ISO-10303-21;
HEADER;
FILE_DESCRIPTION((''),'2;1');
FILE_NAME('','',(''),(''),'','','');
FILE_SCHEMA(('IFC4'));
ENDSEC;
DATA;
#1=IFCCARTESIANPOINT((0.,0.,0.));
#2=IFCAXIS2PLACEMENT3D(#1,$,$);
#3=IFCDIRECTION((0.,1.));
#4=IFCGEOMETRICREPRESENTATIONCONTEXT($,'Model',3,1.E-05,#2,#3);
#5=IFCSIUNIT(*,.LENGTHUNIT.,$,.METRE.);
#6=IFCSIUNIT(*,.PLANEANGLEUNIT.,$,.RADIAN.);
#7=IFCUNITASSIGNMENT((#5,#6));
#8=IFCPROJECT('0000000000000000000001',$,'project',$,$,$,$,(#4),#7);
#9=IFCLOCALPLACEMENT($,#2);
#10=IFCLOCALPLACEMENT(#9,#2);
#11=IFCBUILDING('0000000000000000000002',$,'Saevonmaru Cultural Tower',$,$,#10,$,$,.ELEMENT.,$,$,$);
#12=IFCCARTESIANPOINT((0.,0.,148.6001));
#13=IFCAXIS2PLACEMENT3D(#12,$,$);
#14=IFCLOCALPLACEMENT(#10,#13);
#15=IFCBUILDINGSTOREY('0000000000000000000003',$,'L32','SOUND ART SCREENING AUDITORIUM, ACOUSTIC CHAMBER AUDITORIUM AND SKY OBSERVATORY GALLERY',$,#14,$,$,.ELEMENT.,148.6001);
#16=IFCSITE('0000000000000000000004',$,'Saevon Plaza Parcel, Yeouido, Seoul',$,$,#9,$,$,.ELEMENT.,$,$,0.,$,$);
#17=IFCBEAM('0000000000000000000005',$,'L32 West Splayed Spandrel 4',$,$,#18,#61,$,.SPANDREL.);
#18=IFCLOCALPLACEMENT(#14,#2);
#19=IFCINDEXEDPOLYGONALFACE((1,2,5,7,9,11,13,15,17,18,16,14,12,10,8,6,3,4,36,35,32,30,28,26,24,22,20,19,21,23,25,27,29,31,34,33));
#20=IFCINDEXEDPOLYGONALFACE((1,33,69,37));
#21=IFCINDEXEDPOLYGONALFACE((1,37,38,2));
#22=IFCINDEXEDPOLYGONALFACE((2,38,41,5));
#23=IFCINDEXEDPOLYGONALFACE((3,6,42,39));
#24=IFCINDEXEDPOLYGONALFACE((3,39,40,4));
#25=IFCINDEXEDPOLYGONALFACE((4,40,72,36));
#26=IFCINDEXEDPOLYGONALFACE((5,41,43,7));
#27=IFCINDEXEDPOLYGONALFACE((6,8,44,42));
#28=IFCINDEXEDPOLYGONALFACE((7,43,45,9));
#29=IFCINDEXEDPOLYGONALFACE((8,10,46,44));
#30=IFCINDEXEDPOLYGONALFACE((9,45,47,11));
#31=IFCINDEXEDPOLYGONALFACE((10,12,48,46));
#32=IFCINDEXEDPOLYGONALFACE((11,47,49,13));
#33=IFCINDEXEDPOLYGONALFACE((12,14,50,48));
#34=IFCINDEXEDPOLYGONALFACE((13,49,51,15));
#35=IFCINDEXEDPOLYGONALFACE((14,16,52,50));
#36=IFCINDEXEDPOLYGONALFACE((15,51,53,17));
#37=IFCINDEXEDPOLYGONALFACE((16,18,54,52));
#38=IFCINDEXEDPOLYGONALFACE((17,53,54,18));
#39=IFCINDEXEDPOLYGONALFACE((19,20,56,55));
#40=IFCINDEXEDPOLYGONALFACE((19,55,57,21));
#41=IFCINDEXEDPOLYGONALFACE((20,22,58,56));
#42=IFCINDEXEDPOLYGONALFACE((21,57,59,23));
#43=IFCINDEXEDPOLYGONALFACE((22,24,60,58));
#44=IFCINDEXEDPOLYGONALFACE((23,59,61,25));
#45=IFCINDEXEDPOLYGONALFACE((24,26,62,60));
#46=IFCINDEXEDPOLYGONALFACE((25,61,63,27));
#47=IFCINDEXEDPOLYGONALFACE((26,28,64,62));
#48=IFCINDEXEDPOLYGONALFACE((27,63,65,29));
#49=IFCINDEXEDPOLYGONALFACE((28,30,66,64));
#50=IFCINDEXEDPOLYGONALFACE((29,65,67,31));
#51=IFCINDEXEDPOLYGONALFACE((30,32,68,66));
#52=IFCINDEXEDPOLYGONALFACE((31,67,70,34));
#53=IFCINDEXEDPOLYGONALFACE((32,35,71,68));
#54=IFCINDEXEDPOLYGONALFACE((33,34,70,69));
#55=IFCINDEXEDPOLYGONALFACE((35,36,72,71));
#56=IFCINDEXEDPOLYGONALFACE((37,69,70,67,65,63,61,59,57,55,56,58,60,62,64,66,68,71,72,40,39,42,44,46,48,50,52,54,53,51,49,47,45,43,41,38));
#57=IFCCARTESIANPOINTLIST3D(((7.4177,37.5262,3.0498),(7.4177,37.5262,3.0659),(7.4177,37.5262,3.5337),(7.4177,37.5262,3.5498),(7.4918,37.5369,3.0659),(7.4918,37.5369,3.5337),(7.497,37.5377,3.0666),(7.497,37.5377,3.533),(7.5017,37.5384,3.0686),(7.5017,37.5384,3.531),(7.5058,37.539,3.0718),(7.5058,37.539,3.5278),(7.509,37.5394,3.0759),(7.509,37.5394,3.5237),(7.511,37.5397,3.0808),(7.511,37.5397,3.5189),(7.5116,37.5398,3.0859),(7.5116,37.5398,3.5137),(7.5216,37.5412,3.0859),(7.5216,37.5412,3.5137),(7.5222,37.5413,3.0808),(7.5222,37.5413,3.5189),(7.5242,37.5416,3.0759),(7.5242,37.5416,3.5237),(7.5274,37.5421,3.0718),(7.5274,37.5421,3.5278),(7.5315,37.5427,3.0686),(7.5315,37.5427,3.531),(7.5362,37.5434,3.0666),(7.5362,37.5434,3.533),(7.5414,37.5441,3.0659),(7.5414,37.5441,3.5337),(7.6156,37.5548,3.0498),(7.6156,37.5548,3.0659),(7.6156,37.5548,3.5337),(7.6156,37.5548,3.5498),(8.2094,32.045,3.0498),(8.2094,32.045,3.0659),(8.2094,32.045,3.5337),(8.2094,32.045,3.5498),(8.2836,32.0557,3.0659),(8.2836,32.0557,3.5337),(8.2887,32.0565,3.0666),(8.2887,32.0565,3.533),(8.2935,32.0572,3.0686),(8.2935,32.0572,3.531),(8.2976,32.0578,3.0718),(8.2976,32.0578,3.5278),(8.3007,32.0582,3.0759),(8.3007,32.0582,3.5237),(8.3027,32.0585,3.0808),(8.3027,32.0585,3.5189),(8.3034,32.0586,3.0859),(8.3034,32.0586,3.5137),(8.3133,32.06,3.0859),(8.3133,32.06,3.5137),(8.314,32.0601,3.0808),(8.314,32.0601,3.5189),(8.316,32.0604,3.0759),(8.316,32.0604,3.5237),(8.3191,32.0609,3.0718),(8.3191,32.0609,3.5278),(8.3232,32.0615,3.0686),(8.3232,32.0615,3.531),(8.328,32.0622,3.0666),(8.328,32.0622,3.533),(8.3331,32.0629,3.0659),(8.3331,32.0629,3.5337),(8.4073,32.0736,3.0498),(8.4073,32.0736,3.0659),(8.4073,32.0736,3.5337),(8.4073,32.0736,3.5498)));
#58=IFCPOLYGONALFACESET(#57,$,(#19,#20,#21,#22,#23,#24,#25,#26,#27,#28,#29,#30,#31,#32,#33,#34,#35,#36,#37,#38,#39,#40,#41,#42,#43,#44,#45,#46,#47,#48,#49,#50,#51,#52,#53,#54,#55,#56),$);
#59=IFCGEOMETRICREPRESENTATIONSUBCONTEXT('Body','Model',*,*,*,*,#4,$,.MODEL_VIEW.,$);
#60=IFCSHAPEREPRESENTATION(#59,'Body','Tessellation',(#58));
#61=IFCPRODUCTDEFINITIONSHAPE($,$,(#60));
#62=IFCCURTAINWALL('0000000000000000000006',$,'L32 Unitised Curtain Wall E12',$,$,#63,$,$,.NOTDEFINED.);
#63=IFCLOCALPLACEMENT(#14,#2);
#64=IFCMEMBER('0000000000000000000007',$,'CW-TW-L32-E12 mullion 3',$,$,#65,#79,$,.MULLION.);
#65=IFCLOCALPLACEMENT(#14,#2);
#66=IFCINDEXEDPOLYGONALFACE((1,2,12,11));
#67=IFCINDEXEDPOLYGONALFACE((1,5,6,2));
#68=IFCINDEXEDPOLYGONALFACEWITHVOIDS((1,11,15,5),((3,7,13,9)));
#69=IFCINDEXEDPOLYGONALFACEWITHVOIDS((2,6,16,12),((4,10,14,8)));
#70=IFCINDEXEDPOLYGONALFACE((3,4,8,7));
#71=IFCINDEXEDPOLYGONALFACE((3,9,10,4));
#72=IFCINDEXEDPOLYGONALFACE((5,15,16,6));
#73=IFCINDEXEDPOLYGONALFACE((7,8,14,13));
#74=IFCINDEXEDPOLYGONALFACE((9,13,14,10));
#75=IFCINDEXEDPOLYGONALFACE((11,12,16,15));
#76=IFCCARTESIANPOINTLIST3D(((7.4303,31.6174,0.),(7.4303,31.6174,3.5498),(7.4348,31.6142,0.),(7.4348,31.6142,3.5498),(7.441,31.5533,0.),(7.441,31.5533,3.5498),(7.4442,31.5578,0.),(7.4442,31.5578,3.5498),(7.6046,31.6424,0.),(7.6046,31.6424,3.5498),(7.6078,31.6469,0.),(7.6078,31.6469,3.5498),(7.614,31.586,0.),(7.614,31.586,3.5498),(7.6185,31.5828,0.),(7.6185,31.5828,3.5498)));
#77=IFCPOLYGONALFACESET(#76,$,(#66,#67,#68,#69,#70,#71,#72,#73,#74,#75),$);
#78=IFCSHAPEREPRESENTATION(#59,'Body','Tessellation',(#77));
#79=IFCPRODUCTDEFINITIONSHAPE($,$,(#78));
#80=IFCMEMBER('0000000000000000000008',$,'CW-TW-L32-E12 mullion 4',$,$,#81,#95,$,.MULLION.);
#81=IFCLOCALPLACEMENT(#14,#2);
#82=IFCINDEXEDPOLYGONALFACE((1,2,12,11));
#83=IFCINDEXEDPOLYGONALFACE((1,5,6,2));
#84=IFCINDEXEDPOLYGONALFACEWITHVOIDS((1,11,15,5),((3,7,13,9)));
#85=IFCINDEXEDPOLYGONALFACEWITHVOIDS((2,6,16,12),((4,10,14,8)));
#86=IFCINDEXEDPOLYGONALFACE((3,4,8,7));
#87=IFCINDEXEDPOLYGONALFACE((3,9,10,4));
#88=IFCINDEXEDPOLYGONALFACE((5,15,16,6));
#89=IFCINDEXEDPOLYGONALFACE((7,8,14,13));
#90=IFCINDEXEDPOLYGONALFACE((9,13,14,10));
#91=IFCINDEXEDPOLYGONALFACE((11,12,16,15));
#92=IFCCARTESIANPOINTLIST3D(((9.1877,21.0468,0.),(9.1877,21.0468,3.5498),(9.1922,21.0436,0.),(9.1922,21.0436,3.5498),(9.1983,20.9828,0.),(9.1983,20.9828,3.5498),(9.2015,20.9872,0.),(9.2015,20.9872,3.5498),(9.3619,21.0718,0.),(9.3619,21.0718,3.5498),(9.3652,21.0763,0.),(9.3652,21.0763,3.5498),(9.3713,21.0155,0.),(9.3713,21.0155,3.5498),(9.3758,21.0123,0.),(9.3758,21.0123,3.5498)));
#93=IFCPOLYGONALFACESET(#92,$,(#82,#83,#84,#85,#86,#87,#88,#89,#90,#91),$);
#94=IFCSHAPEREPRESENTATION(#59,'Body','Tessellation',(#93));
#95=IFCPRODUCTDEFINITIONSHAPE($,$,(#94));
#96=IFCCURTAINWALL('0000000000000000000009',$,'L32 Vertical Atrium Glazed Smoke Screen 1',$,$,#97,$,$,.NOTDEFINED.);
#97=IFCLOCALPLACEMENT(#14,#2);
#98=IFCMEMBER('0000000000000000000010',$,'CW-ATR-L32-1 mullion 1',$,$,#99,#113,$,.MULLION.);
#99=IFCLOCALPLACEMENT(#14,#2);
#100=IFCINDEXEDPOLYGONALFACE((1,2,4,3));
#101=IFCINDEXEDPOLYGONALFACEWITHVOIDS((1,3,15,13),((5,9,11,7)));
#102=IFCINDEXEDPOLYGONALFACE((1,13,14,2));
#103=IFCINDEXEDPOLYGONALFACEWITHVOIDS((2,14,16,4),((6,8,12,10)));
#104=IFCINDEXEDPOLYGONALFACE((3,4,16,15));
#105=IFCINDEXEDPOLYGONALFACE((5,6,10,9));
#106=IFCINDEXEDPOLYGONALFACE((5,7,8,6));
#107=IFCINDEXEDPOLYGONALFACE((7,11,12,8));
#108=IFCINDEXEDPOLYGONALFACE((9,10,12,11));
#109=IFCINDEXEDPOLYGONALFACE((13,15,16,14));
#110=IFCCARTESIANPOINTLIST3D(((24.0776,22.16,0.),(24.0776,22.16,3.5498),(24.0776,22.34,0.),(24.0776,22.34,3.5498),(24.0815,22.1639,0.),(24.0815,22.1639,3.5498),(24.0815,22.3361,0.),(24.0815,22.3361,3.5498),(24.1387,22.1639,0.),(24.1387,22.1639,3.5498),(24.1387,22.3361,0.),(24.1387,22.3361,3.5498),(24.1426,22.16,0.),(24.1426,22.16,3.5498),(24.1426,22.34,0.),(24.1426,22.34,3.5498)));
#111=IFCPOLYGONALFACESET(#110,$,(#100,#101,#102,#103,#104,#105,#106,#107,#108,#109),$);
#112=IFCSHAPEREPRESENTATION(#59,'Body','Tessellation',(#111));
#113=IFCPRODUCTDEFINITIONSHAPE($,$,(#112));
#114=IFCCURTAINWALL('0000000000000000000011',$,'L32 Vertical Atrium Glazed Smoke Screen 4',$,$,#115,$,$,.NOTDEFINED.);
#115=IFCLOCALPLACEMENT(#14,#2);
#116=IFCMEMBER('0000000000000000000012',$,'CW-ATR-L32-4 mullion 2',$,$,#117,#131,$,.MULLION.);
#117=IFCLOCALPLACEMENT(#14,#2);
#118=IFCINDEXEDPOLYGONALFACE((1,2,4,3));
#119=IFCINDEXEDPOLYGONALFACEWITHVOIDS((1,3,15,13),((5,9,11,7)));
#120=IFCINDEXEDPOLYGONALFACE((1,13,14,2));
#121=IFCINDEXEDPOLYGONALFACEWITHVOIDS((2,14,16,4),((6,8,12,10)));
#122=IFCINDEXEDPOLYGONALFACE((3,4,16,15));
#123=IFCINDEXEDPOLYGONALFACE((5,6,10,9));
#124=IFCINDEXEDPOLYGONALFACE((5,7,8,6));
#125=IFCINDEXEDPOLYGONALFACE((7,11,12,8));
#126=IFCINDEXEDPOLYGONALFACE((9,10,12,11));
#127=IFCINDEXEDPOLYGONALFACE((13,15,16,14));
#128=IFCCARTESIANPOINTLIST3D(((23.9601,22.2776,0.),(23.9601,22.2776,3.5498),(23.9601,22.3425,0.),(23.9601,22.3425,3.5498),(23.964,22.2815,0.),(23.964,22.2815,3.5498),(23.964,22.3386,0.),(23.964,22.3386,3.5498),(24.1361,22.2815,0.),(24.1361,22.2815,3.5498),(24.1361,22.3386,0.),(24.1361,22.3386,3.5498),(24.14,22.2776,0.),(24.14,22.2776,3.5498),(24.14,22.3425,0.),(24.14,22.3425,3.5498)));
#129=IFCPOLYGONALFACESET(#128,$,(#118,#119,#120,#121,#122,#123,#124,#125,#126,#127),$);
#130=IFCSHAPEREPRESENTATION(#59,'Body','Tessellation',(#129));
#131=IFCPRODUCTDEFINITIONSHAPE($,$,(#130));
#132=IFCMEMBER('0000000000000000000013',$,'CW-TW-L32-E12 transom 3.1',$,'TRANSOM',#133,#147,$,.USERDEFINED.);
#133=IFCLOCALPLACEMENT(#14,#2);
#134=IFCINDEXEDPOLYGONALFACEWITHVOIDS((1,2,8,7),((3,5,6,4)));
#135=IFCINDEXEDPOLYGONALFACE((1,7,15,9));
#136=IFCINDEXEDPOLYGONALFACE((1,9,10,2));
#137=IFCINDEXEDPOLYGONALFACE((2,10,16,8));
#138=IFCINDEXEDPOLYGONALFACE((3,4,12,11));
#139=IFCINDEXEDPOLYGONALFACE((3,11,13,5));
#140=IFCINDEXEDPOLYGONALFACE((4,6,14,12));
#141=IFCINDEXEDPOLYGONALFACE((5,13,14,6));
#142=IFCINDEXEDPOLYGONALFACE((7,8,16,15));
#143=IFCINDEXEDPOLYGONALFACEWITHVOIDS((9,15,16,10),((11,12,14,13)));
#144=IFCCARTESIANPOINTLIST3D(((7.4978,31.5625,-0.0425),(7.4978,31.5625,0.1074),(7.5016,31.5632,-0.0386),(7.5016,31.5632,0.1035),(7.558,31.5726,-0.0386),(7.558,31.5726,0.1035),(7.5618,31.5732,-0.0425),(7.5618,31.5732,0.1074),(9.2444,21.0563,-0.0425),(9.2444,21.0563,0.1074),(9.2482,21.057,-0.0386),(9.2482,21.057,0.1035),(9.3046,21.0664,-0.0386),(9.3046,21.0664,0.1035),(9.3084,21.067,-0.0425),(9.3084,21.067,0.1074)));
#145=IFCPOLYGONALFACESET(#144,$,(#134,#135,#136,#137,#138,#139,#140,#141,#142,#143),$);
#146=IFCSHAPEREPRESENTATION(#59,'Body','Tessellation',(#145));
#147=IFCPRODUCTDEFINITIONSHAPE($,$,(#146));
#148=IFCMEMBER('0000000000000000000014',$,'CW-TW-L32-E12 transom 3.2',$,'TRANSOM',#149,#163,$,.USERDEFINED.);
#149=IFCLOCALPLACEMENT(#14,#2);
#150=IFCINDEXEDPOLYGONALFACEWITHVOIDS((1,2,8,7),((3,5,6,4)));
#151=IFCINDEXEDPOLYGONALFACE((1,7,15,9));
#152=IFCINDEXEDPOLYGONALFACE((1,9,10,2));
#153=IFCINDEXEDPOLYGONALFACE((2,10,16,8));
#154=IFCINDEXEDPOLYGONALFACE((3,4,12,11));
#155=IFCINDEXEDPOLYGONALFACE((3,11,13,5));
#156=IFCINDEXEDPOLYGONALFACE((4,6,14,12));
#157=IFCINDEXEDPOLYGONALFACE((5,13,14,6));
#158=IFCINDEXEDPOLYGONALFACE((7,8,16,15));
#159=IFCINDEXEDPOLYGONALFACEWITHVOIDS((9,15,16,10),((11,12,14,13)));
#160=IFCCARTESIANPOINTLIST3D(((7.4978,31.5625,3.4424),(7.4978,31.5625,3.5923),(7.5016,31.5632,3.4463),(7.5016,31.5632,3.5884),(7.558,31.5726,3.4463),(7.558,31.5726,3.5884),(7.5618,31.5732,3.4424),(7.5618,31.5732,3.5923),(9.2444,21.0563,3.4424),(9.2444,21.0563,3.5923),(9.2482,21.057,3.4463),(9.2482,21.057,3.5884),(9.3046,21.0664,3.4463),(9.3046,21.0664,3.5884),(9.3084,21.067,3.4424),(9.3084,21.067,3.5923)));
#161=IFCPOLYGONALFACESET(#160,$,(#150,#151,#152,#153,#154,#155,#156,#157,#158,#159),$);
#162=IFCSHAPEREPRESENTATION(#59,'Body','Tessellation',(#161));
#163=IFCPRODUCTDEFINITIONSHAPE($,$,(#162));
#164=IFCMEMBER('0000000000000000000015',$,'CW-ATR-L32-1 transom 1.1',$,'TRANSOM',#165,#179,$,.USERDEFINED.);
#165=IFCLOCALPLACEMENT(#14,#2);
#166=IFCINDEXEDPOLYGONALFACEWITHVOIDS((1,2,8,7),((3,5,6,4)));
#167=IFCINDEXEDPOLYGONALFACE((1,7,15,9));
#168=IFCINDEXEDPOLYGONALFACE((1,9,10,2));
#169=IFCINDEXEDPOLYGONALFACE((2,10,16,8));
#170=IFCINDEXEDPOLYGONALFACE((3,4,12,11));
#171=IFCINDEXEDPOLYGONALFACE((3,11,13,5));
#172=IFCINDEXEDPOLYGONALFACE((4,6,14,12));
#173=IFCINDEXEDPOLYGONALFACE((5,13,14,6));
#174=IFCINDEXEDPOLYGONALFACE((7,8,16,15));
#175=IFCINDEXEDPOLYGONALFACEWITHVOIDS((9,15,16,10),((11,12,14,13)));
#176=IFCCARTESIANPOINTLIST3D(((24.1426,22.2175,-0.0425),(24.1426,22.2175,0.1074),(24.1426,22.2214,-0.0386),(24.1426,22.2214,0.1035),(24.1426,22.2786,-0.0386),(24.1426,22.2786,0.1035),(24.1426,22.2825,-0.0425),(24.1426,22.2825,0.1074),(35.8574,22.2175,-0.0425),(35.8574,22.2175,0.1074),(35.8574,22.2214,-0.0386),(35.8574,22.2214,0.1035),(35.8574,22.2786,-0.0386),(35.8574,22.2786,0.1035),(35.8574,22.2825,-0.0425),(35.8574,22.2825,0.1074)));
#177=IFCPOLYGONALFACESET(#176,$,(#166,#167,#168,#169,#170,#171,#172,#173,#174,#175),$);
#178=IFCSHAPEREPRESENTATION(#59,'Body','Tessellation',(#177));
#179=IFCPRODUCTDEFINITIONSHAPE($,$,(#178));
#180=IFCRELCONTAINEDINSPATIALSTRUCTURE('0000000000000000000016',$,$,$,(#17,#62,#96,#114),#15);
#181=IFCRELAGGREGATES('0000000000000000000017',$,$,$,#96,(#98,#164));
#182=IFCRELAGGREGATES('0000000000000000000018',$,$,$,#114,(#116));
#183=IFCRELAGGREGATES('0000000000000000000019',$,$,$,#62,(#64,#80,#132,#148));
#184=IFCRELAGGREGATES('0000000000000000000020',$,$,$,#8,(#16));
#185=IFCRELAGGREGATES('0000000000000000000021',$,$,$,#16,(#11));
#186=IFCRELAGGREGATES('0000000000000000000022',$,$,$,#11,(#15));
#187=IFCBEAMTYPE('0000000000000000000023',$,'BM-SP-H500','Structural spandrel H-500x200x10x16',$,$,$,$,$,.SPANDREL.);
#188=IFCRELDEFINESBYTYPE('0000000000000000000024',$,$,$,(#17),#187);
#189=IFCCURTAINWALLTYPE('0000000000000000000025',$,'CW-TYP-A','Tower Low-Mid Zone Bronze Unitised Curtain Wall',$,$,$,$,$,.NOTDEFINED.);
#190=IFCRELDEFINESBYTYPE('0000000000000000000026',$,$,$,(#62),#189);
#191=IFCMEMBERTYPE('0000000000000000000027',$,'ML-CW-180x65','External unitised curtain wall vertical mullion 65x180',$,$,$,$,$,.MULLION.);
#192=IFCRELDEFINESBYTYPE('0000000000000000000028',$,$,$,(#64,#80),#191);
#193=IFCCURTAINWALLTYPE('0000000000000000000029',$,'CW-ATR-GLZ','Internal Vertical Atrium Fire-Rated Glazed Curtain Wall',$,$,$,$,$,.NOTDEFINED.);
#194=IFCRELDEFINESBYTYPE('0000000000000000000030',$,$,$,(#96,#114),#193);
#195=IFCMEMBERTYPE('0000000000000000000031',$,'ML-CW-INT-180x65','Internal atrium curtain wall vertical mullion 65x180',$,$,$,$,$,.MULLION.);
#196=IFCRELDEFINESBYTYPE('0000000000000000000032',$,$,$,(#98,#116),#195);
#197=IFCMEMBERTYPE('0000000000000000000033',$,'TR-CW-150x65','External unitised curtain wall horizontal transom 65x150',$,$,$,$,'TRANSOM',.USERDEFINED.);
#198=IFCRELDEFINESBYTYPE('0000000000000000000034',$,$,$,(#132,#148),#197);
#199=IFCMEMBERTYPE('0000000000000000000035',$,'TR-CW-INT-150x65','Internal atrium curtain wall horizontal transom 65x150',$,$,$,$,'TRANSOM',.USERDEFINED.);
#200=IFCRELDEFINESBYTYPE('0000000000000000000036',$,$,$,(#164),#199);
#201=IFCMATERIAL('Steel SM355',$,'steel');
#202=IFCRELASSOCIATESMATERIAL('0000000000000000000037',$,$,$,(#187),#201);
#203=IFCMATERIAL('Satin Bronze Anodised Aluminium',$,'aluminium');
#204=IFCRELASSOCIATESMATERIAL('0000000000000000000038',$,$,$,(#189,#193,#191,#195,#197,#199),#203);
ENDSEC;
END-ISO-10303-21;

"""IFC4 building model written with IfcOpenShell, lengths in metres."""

from ifc_helpers import new_model, si_unit, direction, frame, origin, origin_2d, place, context, subcontext, project, spatial, hollow_rectangle, i_section, extrude, material, material_profile, profile_set, type_object, element, aggregate, save


model = new_model("IFC4")

# Units and contexts
model_context = context("Model", 3, precision=1e-05, world=origin(), true_north=direction((0.0, 1.0)))
body_context = subcontext(model_context, "Body", "Model", "MODEL_VIEW")
ifc_project = project(units=[si_unit("LENGTHUNIT", "METRE"), si_unit("PLANEANGLEUNIT", "RADIAN")], contexts=[model_context])

# Site, building, storey
site_placement = place(None, origin())
site = spatial("IfcSite", under=ifc_project, at=site_placement, Name="Saevon Plaza Parcel, Yeouido, Seoul", CompositionType="ELEMENT", RefElevation=0.0)
building_placement = place(site_placement, origin())
building = spatial("IfcBuilding", under=site, at=building_placement, Name="Saevonmaru Cultural Tower", CompositionType="ELEMENT")
storey_placement = place(building_placement, frame((0.0, 0.0, 148.6001)))
storey = spatial("IfcBuildingStorey", under=building, at=storey_placement, Name="L32", Description="SOUND ART SCREENING AUDITORIUM, ACOUSTIC CHAMBER AUDITORIUM AND SKY OBSERVATORY GALLERY", CompositionType="ELEMENT", Elevation=148.6001)

# Shared definitions
ifc_material_1 = material(Name="Steel SM355", Category="steel")

# Beam
ifc_material_profile_1 = material_profile(ifc_material_1, i_section(OverallWidth=0.2, OverallDepth=0.5, WebThickness=0.01, FlangeThickness=0.0161, FilletRadius=0.02, at=origin_2d()), Name="H-500x200x10x16")
ifc_profile_set_1 = profile_set([ifc_material_profile_1], Name="Steel SM355")
beam_type_1 = type_object("IfcBeamType", Name="BM-SP-H500", Description="Structural spandrel H-500x200x10x16", PredefinedType="SPANDREL", material=ifc_profile_set_1)
beam_1_placement = place(storey_placement, frame((8.3083, 32.0593, 3.2998), z_axis=(-0.142964, 0.989728, 0.0), x_axis=(-0.989728, -0.142964, 0.0)))
element("IfcBeam", 1, at=beam_1_placement, inside=storey, type_object=beam_type_1, Name="L32 West Splayed Spandrel 4", PredefinedType="SPANDREL", context=body_context, shape_type="SweptSolid", body=[
    extrude(i_section(OverallWidth=0.2, OverallDepth=0.5, WebThickness=0.01, FlangeThickness=0.0161, FilletRadius=0.02, at=origin_2d()), origin(), (0.0, 0.0, 1.0), 5.5381),
])

# Curtain wall, members
ifc_material_2 = material(Name="Satin Bronze Anodised Aluminium", Category="aluminium")
curtain_wall_type_1 = type_object("IfcCurtainWallType", Name="CW-TYP-A", Description="Tower Low-Mid Zone Bronze Unitised Curtain Wall", PredefinedType="NOTDEFINED", material=ifc_material_2)
curtain_wall_1_placement = place(storey_placement, origin())
curtain_wall_1 = element("IfcCurtainWall", 2, at=curtain_wall_1_placement, inside=storey, type_object=curtain_wall_type_1, Name="L32 Unitised Curtain Wall E12", PredefinedType="NOTDEFINED")
ifc_material_profile_2 = material_profile(ifc_material_2, hollow_rectangle(XDim=0.0649, YDim=0.1799, WallThickness=0.0039, at=origin_2d()), Name="ALU-MULL-180x65x4")
ifc_profile_set_2 = profile_set([ifc_material_profile_2], Name="Satin Bronze Anodised Aluminium")
member_type_1 = type_object("IfcMemberType", Name="ML-CW-180x65", Description="External unitised curtain wall vertical mullion 65x180", PredefinedType="MULLION", material=ifc_profile_set_2)
member_1_placement = place(storey_placement, frame((7.5244, 31.6001, 0.0), z_axis=(0.0, 0.0, 1.0), x_axis=(0.163999, -0.986461, 0.0)))
member_1 = element("IfcMember", 3, at=member_1_placement, type_object=member_type_1, Name="CW-TW-L32-E12 mullion 3", PredefinedType="MULLION", context=body_context, shape_type="SweptSolid", body=[
    extrude(hollow_rectangle(XDim=0.0649, YDim=0.1799, WallThickness=0.0039, at=origin_2d()), origin(), (0.0, 0.0, 1.0), 3.5498),
])
member_2_placement = place(storey_placement, frame((9.2817, 21.0295, 0.0), z_axis=(0.0, 0.0, 1.0), x_axis=(0.163999, -0.986461, 0.0)))
member_2 = element("IfcMember", 4, at=member_2_placement, type_object=member_type_1, Name="CW-TW-L32-E12 mullion 4", PredefinedType="MULLION", context=body_context, shape_type="SweptSolid", body=[
    extrude(hollow_rectangle(XDim=0.0649, YDim=0.1799, WallThickness=0.0039, at=origin_2d()), origin(), (0.0, 0.0, 1.0), 3.5498),
])

# Curtain walls, members
curtain_wall_type_2 = type_object("IfcCurtainWallType", Name="CW-ATR-GLZ", Description="Internal Vertical Atrium Fire-Rated Glazed Curtain Wall", PredefinedType="NOTDEFINED", material=ifc_material_2)
curtain_wall_2_placement = place(storey_placement, origin())
curtain_wall_2 = element("IfcCurtainWall", 5, at=curtain_wall_2_placement, inside=storey, type_object=curtain_wall_type_2, Name="L32 Vertical Atrium Glazed Smoke Screen 1", PredefinedType="NOTDEFINED")
ifc_material_profile_3 = material_profile(ifc_material_2, hollow_rectangle(XDim=0.0649, YDim=0.1799, WallThickness=0.0039, at=origin_2d()), Name="ALU-MULL-180x65x4")
ifc_profile_set_3 = profile_set([ifc_material_profile_3], Name="Satin Bronze Anodised Aluminium")
member_type_2 = type_object("IfcMemberType", Name="ML-CW-INT-180x65", Description="Internal atrium curtain wall vertical mullion 65x180", PredefinedType="MULLION", material=ifc_profile_set_3)
member_3_placement = place(storey_placement, frame((24.1101, 22.25, 0.0), z_axis=(0.0, 0.0, 1.0), x_axis=(1.0, 0.0, 0.0)))
member_3 = element("IfcMember", 6, at=member_3_placement, type_object=member_type_2, Name="CW-ATR-L32-1 mullion 1", PredefinedType="MULLION", context=body_context, shape_type="SweptSolid", body=[
    extrude(hollow_rectangle(XDim=0.0649, YDim=0.1799, WallThickness=0.0039, at=origin_2d()), origin(), (0.0, 0.0, 1.0), 3.5498),
])
curtain_wall_3_placement = place(storey_placement, origin())
curtain_wall_3 = element("IfcCurtainWall", 7, at=curtain_wall_3_placement, inside=storey, type_object=curtain_wall_type_2, Name="L32 Vertical Atrium Glazed Smoke Screen 4", PredefinedType="NOTDEFINED")
member_4_placement = place(storey_placement, frame((24.05, 22.3101, 0.0), z_axis=(0.0, 0.0, 1.0), x_axis=(0.0, -1.0, 0.0)))
member_4 = element("IfcMember", 8, at=member_4_placement, type_object=member_type_2, Name="CW-ATR-L32-4 mullion 2", PredefinedType="MULLION", context=body_context, shape_type="SweptSolid", body=[
    extrude(hollow_rectangle(XDim=0.0649, YDim=0.1799, WallThickness=0.0039, at=origin_2d()), origin(), (0.0, 0.0, 1.0), 3.5498),
])

# Members
ifc_material_profile_4 = material_profile(ifc_material_2, hollow_rectangle(XDim=0.0649, YDim=0.1499, WallThickness=0.0039, at=origin_2d()), Name="ALU-TRAN-150x65x4")
ifc_profile_set_4 = profile_set([ifc_material_profile_4], Name="Satin Bronze Anodised Aluminium")
member_type_3 = type_object("IfcMemberType", Name="TR-CW-150x65", Description="External unitised curtain wall horizontal transom 65x150", ElementType="TRANSOM", PredefinedType="USERDEFINED", material=ifc_profile_set_4)
member_5_placement = place(storey_placement, frame((7.5298, 31.5679, 0.0325), z_axis=(0.163994, -0.986461, 0.0), x_axis=(0.986461, 0.163994, 0.0)))
member_5 = element("IfcMember", 9, at=member_5_placement, type_object=member_type_3, Name="CW-TW-L32-E12 transom 3.1", ObjectType="TRANSOM", PredefinedType="USERDEFINED", context=body_context, shape_type="SweptSolid", body=[
    extrude(hollow_rectangle(XDim=0.0649, YDim=0.1499, WallThickness=0.0039, at=origin_2d()), origin(), (0.0, 0.0, 1.0), 10.6504),
])
member_6_placement = place(storey_placement, frame((7.5298, 31.5679, 3.5173), z_axis=(0.163994, -0.986461, 0.0), x_axis=(0.986461, 0.163994, 0.0)))
member_6 = element("IfcMember", 10, at=member_6_placement, type_object=member_type_3, Name="CW-TW-L32-E12 transom 3.2", ObjectType="TRANSOM", PredefinedType="USERDEFINED", context=body_context, shape_type="SweptSolid", body=[
    extrude(hollow_rectangle(XDim=0.0649, YDim=0.1499, WallThickness=0.0039, at=origin_2d()), origin(), (0.0, 0.0, 1.0), 10.6504),
])
ifc_material_profile_5 = material_profile(ifc_material_2, hollow_rectangle(XDim=0.0649, YDim=0.1499, WallThickness=0.0039, at=origin_2d()), Name="ALU-TRAN-150x65x4")
ifc_profile_set_5 = profile_set([ifc_material_profile_5], Name="Satin Bronze Anodised Aluminium")
member_type_4 = type_object("IfcMemberType", Name="TR-CW-INT-150x65", Description="Internal atrium curtain wall horizontal transom 65x150", ElementType="TRANSOM", PredefinedType="USERDEFINED", material=ifc_profile_set_5)
member_7_placement = place(storey_placement, frame((24.1426, 22.25, 0.0325), z_axis=(1.0, 0.0, 0.0), x_axis=(0.0, 1.0, 0.0)))
member_7 = element("IfcMember", 11, at=member_7_placement, type_object=member_type_4, Name="CW-ATR-L32-1 transom 1.1", ObjectType="TRANSOM", PredefinedType="USERDEFINED", context=body_context, shape_type="SweptSolid", body=[
    extrude(hollow_rectangle(XDim=0.0649, YDim=0.1499, WallThickness=0.0039, at=origin_2d()), origin(), (0.0, 0.0, 1.0), 11.7148),
])
aggregate(curtain_wall_2, [member_3, member_7])

aggregate(curtain_wall_3, [member_4])
aggregate(curtain_wall_1, [member_1, member_2, member_5, member_6])

save(model, "model.ifc")
